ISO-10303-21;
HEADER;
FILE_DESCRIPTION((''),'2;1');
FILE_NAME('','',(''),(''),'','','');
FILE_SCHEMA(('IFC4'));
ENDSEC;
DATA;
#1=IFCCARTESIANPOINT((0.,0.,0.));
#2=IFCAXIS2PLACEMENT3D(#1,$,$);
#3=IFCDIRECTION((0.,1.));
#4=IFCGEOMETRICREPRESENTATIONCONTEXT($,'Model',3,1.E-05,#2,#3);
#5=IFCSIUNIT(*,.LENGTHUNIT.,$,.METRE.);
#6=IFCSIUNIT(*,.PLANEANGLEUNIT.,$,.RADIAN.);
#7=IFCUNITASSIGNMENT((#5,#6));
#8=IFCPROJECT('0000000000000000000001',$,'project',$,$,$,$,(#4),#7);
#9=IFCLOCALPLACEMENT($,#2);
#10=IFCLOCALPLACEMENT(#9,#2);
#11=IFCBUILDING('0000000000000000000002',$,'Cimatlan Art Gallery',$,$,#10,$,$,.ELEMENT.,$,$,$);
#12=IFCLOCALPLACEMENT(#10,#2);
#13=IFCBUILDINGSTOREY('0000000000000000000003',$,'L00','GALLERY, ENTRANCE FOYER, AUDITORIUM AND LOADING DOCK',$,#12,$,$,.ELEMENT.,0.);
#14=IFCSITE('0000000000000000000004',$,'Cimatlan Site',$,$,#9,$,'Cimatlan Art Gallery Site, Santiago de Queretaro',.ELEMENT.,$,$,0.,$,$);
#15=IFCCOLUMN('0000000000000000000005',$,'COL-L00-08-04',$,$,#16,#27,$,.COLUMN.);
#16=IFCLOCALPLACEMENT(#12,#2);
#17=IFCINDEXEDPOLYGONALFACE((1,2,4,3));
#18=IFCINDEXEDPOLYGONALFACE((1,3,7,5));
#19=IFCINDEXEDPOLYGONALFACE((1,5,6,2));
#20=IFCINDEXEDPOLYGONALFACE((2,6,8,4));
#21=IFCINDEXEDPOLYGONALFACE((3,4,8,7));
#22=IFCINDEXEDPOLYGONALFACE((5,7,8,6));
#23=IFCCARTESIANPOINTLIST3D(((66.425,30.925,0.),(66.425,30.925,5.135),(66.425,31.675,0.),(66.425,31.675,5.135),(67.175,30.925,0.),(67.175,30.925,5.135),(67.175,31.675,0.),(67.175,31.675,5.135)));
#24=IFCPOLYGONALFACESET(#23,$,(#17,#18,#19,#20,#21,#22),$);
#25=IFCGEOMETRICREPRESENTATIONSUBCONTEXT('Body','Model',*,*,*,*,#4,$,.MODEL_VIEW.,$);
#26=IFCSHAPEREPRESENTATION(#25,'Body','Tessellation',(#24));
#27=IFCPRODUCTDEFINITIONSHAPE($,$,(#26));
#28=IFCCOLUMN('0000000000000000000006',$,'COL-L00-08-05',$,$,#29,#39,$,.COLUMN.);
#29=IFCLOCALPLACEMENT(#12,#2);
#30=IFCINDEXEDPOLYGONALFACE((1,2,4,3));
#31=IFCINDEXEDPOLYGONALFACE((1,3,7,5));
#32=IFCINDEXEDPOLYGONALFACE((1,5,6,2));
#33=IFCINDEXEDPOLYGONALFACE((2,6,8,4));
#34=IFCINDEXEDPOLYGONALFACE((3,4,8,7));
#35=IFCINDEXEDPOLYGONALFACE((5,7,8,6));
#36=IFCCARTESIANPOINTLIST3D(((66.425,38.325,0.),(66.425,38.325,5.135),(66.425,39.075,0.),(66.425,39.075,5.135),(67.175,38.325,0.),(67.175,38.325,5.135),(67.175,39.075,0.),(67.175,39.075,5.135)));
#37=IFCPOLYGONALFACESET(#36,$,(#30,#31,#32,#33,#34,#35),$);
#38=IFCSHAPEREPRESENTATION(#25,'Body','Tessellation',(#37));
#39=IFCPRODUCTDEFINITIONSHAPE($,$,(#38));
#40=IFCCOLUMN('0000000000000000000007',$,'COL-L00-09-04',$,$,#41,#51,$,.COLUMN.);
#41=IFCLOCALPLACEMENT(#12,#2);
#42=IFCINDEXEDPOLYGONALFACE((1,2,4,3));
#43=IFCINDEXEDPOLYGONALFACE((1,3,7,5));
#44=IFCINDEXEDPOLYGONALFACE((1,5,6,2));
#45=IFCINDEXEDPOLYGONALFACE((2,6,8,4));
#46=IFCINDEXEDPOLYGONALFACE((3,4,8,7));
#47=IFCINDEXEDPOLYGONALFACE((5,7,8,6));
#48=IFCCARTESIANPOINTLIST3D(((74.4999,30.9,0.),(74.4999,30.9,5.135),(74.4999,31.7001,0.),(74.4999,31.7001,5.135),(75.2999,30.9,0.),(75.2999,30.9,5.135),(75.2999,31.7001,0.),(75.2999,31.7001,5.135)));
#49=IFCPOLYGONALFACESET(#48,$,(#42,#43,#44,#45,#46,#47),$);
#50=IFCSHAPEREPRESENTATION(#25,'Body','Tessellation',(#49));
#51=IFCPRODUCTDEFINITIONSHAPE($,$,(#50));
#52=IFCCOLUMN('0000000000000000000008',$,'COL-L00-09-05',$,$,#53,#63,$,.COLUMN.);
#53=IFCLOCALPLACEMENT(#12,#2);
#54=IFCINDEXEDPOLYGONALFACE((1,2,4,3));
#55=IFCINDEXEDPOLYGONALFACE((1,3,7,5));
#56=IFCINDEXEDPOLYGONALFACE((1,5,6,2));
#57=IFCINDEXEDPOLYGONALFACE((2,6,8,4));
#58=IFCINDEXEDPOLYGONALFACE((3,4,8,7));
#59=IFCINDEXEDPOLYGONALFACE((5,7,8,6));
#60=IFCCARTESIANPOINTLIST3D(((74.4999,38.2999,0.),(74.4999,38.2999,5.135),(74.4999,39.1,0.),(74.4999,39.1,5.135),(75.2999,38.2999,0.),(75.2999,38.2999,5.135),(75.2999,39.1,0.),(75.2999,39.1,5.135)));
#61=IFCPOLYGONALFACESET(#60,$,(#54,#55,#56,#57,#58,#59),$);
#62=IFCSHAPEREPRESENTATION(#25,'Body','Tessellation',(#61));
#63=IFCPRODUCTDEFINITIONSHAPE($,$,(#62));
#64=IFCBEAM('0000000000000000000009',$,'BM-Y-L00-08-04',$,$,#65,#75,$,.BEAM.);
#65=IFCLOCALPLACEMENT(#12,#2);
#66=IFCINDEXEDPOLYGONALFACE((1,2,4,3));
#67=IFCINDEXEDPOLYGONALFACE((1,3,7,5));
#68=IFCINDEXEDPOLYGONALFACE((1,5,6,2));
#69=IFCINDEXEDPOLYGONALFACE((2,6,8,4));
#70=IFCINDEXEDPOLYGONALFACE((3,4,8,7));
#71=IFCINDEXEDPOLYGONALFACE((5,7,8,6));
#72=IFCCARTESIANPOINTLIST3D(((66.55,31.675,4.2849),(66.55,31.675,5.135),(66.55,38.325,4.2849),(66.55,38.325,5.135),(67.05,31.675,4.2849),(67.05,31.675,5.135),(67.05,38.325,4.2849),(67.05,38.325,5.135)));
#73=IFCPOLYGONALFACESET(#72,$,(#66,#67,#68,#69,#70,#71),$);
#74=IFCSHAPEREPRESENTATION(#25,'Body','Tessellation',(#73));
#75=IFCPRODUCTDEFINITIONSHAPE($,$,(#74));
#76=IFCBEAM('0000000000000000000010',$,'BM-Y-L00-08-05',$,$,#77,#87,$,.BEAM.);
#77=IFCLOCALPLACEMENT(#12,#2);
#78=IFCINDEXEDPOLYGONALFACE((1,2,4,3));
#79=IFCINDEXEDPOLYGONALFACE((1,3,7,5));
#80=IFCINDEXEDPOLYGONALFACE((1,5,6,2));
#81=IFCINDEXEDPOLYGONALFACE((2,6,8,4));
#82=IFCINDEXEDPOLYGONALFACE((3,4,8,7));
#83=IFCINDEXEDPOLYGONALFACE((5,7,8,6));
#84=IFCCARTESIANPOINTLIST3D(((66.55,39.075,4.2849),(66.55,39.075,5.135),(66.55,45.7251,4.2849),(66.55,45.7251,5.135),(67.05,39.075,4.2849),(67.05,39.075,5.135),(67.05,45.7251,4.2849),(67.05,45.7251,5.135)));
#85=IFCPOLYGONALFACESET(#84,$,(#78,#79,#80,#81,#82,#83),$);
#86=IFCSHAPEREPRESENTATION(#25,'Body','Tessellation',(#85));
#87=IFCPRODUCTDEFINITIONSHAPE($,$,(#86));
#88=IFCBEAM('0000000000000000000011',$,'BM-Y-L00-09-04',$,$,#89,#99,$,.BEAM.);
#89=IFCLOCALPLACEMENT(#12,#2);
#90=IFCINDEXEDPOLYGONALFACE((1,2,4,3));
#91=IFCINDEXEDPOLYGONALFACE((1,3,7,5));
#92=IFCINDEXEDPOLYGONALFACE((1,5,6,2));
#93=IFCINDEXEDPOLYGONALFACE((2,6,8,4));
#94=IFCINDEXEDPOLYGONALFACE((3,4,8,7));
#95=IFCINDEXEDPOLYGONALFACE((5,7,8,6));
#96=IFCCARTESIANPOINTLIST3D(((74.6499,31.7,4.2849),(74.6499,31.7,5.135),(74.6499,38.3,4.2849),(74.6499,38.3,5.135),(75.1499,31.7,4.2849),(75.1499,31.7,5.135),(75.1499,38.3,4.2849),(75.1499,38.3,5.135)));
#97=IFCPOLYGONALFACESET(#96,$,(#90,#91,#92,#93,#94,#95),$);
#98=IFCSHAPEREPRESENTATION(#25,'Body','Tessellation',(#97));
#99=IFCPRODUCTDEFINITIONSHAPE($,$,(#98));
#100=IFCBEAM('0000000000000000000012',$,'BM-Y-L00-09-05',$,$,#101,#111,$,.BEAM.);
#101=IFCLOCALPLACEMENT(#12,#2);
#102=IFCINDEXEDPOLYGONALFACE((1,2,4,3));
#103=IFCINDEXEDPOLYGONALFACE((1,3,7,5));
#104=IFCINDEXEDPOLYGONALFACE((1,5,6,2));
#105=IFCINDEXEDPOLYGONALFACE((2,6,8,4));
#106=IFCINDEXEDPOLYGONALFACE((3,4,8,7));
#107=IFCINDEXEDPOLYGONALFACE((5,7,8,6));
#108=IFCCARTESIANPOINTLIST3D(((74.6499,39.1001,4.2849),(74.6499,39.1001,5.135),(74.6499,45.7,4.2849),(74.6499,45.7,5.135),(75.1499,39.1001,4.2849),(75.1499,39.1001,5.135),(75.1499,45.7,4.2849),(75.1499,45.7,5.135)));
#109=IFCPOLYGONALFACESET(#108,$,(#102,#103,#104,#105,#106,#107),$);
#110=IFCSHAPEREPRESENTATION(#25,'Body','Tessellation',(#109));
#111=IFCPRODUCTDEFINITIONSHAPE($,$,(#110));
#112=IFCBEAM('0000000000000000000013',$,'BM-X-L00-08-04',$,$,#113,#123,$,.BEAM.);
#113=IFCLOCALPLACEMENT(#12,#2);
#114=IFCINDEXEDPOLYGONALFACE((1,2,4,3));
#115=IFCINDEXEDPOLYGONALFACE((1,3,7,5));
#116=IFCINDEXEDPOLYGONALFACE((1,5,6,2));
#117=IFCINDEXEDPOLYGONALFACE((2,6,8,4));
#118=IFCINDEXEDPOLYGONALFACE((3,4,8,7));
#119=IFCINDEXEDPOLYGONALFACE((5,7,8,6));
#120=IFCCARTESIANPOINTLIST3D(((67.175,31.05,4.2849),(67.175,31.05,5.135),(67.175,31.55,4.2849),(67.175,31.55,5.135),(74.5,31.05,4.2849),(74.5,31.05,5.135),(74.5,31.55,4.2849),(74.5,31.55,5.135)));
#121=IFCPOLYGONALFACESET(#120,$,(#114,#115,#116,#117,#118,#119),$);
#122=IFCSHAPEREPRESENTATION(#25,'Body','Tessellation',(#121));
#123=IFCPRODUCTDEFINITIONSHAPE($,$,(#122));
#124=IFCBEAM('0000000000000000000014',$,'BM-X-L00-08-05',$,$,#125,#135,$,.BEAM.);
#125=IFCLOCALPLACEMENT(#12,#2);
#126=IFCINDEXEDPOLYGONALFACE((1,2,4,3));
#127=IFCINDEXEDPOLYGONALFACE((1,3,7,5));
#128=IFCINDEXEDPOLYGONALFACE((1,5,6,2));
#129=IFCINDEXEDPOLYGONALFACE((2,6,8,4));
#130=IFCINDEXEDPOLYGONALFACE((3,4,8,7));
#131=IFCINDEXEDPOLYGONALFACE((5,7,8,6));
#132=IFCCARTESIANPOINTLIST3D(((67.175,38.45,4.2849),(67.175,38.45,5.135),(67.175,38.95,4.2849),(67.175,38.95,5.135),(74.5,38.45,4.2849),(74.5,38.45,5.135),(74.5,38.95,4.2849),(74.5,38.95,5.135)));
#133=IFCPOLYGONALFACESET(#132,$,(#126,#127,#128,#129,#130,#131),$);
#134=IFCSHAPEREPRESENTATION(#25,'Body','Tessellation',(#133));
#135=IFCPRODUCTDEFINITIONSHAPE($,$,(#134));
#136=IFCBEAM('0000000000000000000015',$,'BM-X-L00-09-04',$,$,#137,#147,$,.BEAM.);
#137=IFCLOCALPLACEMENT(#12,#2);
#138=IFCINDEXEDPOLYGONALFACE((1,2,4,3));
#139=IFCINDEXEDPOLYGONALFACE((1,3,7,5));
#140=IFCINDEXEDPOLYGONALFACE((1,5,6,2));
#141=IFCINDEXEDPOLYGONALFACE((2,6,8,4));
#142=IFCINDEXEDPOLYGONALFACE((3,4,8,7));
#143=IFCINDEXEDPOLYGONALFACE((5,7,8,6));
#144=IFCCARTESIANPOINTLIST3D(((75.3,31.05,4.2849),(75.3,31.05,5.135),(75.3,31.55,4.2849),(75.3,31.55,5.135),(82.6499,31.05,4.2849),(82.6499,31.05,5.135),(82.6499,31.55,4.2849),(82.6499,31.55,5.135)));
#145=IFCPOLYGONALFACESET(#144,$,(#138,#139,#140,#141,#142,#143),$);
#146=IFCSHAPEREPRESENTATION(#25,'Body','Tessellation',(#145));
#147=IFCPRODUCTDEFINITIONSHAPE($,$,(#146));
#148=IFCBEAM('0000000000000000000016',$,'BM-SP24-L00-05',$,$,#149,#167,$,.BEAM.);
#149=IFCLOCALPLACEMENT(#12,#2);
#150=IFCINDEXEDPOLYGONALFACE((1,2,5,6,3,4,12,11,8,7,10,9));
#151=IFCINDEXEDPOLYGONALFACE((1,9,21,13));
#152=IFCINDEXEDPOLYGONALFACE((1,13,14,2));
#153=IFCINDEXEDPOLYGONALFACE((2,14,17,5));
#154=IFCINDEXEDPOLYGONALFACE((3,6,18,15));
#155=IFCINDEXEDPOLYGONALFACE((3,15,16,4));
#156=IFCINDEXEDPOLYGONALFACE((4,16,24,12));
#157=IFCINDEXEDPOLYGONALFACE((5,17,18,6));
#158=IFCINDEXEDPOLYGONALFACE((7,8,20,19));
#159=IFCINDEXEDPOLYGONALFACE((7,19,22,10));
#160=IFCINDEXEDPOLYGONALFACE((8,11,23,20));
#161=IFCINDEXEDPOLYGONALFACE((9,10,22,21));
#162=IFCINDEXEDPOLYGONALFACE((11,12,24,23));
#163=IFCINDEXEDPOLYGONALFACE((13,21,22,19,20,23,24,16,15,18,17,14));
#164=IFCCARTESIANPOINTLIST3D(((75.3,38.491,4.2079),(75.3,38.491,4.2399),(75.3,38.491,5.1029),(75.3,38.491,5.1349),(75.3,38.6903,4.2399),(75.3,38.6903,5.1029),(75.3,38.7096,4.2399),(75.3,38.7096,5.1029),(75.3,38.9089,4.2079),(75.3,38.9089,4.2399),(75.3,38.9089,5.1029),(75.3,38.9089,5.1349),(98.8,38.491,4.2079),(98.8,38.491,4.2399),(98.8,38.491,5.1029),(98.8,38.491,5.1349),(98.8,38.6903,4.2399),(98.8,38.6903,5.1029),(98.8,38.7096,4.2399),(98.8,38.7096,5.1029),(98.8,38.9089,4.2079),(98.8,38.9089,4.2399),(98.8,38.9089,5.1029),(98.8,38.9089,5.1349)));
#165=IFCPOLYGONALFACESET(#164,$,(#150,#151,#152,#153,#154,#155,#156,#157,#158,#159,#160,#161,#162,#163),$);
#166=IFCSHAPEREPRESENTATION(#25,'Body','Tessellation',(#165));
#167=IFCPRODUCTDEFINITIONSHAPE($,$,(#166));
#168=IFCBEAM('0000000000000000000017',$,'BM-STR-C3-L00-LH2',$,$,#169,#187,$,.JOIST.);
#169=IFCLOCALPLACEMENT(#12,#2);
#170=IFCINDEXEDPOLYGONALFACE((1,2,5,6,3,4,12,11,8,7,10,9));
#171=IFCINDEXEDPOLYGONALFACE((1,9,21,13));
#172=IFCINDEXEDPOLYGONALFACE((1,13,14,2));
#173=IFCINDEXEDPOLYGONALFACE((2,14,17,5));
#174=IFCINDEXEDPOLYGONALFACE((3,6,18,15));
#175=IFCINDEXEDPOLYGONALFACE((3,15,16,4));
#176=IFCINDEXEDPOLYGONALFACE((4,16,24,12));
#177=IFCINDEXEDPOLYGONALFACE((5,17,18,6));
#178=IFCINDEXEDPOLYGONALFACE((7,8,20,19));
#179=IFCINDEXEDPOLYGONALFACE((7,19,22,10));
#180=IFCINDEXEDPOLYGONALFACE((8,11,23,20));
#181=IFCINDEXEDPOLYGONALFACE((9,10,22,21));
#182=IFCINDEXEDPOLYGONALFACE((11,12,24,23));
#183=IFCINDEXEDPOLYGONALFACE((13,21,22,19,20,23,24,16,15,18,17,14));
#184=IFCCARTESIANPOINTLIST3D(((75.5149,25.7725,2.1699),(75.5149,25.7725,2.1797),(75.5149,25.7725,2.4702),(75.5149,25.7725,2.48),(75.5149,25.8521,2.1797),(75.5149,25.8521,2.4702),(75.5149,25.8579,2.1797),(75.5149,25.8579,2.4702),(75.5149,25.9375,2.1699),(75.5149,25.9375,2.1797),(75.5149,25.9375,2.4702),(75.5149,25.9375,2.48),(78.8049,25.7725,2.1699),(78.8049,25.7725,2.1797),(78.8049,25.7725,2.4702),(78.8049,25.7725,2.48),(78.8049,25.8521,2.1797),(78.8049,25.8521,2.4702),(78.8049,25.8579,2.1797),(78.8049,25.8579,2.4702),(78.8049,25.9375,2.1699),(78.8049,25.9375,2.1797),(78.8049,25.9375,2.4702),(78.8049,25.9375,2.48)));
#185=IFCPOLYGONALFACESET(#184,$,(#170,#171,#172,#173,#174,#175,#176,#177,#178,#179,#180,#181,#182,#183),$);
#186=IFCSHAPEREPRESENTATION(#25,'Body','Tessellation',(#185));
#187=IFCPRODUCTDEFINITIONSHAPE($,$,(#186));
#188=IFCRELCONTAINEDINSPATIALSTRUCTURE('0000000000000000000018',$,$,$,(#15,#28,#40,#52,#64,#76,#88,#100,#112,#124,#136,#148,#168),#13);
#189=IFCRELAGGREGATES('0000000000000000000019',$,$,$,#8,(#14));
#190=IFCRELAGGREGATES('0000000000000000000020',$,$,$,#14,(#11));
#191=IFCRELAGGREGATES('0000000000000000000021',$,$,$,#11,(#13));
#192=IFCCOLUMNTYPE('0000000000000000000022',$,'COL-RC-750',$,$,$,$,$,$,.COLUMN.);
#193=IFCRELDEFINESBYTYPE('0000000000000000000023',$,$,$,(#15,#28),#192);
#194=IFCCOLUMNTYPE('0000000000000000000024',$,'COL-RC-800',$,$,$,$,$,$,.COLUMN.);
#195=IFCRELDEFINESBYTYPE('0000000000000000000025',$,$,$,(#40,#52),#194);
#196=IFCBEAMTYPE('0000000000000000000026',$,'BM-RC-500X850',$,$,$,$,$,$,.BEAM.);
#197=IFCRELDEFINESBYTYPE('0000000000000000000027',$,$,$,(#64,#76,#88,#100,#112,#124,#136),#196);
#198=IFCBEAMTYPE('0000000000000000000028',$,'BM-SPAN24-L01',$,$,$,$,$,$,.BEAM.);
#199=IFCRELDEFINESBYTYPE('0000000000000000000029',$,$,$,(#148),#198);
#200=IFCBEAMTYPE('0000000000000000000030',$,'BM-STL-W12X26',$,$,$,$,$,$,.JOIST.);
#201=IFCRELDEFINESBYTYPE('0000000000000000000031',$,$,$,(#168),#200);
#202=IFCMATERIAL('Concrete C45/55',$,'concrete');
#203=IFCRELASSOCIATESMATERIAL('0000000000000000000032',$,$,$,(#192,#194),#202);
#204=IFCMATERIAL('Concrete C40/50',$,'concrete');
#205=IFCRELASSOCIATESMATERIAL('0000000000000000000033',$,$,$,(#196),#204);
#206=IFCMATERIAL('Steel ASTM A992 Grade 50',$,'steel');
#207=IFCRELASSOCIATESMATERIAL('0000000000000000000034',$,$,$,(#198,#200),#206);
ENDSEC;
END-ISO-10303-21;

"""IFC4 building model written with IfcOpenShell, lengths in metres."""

from ifc_helpers import new_model, si_unit, direction, frame, origin, origin_2d, place, context, subcontext, project, spatial, rectangle, i_section, extrude, material, material_profile, profile_set, type_object, element, save


model = new_model("IFC4")

# Units and contexts
model_context = context("Model", 3, precision=1e-05, world=origin(), true_north=direction((0.0, 1.0)))
body_context = subcontext(model_context, "Body", "Model", "MODEL_VIEW")
ifc_project = project(units=[si_unit("LENGTHUNIT", "METRE"), si_unit("PLANEANGLEUNIT", "RADIAN")], contexts=[model_context])

# Site, building, storey
site_placement = place(None, origin())
site = spatial("IfcSite", under=ifc_project, at=site_placement, Name="Cimatlan Site", LongName="Cimatlan Art Gallery Site, Santiago de Queretaro", CompositionType="ELEMENT", RefElevation=0.0)
building_placement = place(site_placement, origin())
building = spatial("IfcBuilding", under=site, at=building_placement, Name="Cimatlan Art Gallery", CompositionType="ELEMENT")
storey_placement = place(building_placement, origin())
storey = spatial("IfcBuildingStorey", under=building, at=storey_placement, Name="L00", Description="GALLERY, ENTRANCE FOYER, AUDITORIUM AND LOADING DOCK", CompositionType="ELEMENT", Elevation=0.0)

# Columns
ifc_material_1 = material(Name="Concrete C45/55", Category="concrete")
ifc_material_profile_1 = material_profile(ifc_material_1, rectangle(XDim=0.75, YDim=0.75, at=origin_2d()), Name="RC750X750")
ifc_profile_set_1 = profile_set([ifc_material_profile_1], Name="Concrete C45/55")
column_type_1 = type_object("IfcColumnType", Name="COL-RC-750", PredefinedType="COLUMN", material=ifc_profile_set_1)
for number, where, z_axis, x_axis, name in (
    (1, (66.8, 31.3, 0.0), (0.0, 0.0, 1.0), (1.0, 0.0, 0.0), "COL-L00-08-04"),
    (2, (66.8, 38.7, 0.0), (0.0, 0.0, 1.0), (1.0, 0.0, 0.0), "COL-L00-08-05"),
):
    element("IfcColumn", number, at=place(storey_placement, frame(where, z_axis=z_axis, x_axis=x_axis)), inside=storey, type_object=column_type_1, Name=name, PredefinedType="COLUMN", context=body_context, shape_type="SweptSolid", body=[
        extrude(rectangle(XDim=0.75, YDim=0.75, at=origin_2d()), origin(), (0.0, 0.0, 1.0), 5.135),
    ])
ifc_material_profile_2 = material_profile(ifc_material_1, rectangle(XDim=0.8, YDim=0.8, at=origin_2d()), Name="RC800X800")
ifc_profile_set_2 = profile_set([ifc_material_profile_2], Name="Concrete C45/55")
column_type_2 = type_object("IfcColumnType", Name="COL-RC-800", PredefinedType="COLUMN", material=ifc_profile_set_2)
for number, where, z_axis, x_axis, name in (
    (3, (74.8999, 31.3, 0.0), (0.0, 0.0, 1.0), (1.0, 0.0, 0.0), "COL-L00-09-04"),
    (4, (74.8999, 38.7, 0.0), (0.0, 0.0, 1.0), (1.0, 0.0, 0.0), "COL-L00-09-05"),
):
    element("IfcColumn", number, at=place(storey_placement, frame(where, z_axis=z_axis, x_axis=x_axis)), inside=storey, type_object=column_type_2, Name=name, PredefinedType="COLUMN", context=body_context, shape_type="SweptSolid", body=[
        extrude(rectangle(XDim=0.8, YDim=0.8, at=origin_2d()), origin(), (0.0, 0.0, 1.0), 5.135),
    ])

# Beams
ifc_material_2 = material(Name="Concrete C40/50", Category="concrete")
ifc_material_profile_3 = material_profile(ifc_material_2, rectangle(XDim=0.5, YDim=0.8501, at=origin_2d()), Name="RC500X850")
ifc_profile_set_3 = profile_set([ifc_material_profile_3], Name="Concrete C40/50")
beam_type_1 = type_object("IfcBeamType", Name="BM-RC-500X850", PredefinedType="BEAM", material=ifc_profile_set_3)
beam_1_placement = place(storey_placement, frame((66.8, 31.675, 4.71), z_axis=(0.0, 1.0, 0.0), x_axis=(-1.0, 0.0, 0.0)))
element("IfcBeam", 5, at=beam_1_placement, inside=storey, type_object=beam_type_1, Name="BM-Y-L00-08-04", PredefinedType="BEAM", context=body_context, shape_type="SweptSolid", body=[
    extrude(rectangle(XDim=0.5, YDim=0.8501, at=origin_2d()), origin(), (0.0, 0.0, 1.0), 6.6499),
])
beam_2_placement = place(storey_placement, frame((66.8, 39.075, 4.71), z_axis=(0.0, 1.0, 0.0), x_axis=(-1.0, 0.0, 0.0)))
element("IfcBeam", 6, at=beam_2_placement, inside=storey, type_object=beam_type_1, Name="BM-Y-L00-08-05", PredefinedType="BEAM", context=body_context, shape_type="SweptSolid", body=[
    extrude(rectangle(XDim=0.5, YDim=0.8501, at=origin_2d()), origin(), (0.0, 0.0, 1.0), 6.6501),
])
beam_3_placement = place(storey_placement, frame((74.8999, 31.7, 4.71), z_axis=(0.0, 1.0, 0.0), x_axis=(-1.0, 0.0, 0.0)))
element("IfcBeam", 7, at=beam_3_placement, inside=storey, type_object=beam_type_1, Name="BM-Y-L00-09-04", PredefinedType="BEAM", context=body_context, shape_type="SweptSolid", body=[
    extrude(rectangle(XDim=0.5, YDim=0.8501, at=origin_2d()), origin(), (0.0, 0.0, 1.0), 6.6001),
])
beam_4_placement = place(storey_placement, frame((74.8999, 39.1001, 4.71), z_axis=(0.0, 1.0, 0.0), x_axis=(-1.0, 0.0, 0.0)))
element("IfcBeam", 8, at=beam_4_placement, inside=storey, type_object=beam_type_1, Name="BM-Y-L00-09-05", PredefinedType="BEAM", context=body_context, shape_type="SweptSolid", body=[
    extrude(rectangle(XDim=0.5, YDim=0.8501, at=origin_2d()), origin(), (0.0, 0.0, 1.0), 6.5999),
])
for number, where, z_axis, x_axis, name in (
    (9, (67.175, 31.3, 4.71), (1.0, 0.0, 0.0), (0.0, 1.0, 0.0), "BM-X-L00-08-04"),
    (10, (67.175, 38.7, 4.71), (1.0, 0.0, 0.0), (0.0, 1.0, 0.0), "BM-X-L00-08-05"),
):
    element("IfcBeam", number, at=place(storey_placement, frame(where, z_axis=z_axis, x_axis=x_axis)), inside=storey, type_object=beam_type_1, Name=name, PredefinedType="BEAM", context=body_context, shape_type="SweptSolid", body=[
        extrude(rectangle(XDim=0.5, YDim=0.8501, at=origin_2d()), origin(), (0.0, 0.0, 1.0), 7.325),
    ])
beam_5_placement = place(storey_placement, frame((75.3, 31.3, 4.71), z_axis=(1.0, 0.0, 0.0), x_axis=(0.0, 1.0, 0.0)))
element("IfcBeam", 11, at=beam_5_placement, inside=storey, type_object=beam_type_1, Name="BM-X-L00-09-04", PredefinedType="BEAM", context=body_context, shape_type="SweptSolid", body=[
    extrude(rectangle(XDim=0.5, YDim=0.8501, at=origin_2d()), origin(), (0.0, 0.0, 1.0), 7.3499),
])
ifc_material_3 = material(Name="Steel ASTM A992 Grade 50", Category="steel")
ifc_material_profile_4 = material_profile(ifc_material_3, i_section(OverallWidth=0.418, OverallDepth=0.927, WebThickness=0.0193, FlangeThickness=0.032, at=origin_2d()), Name="W36X231")
ifc_profile_set_4 = profile_set([ifc_material_profile_4], Name="Steel ASTM A992 Grade 50")
beam_type_2 = type_object("IfcBeamType", Name="BM-SPAN24-L01", PredefinedType="BEAM", material=ifc_profile_set_4)
beam_6_placement = place(storey_placement, frame((75.3, 38.7, 4.6714), z_axis=(1.0, 0.0, 0.0), x_axis=(0.0, 1.0, 0.0)))
element("IfcBeam", 12, at=beam_6_placement, inside=storey, type_object=beam_type_2, Name="BM-SP24-L00-05", PredefinedType="BEAM", context=body_context, shape_type="SweptSolid", body=[
    extrude(i_section(OverallWidth=0.418, OverallDepth=0.927, WebThickness=0.0193, FlangeThickness=0.032, at=origin_2d()), origin(), (0.0, 0.0, 1.0), 23.5),
])
ifc_material_profile_5 = material_profile(ifc_material_3, i_section(OverallWidth=0.165, OverallDepth=0.3101, WebThickness=0.0059, FlangeThickness=0.0098, at=origin_2d()), Name="W12X26")
ifc_profile_set_5 = profile_set([ifc_material_profile_5], Name="Steel ASTM A992 Grade 50")
beam_type_3 = type_object("IfcBeamType", Name="BM-STL-W12X26", PredefinedType="JOIST", material=ifc_profile_set_5)
beam_7_placement = place(storey_placement, frame((75.5149, 25.855, 2.325), z_axis=(1.0, 0.0, 0.0), x_axis=(0.0, 1.0, 0.0)))
element("IfcBeam", 13, at=beam_7_placement, inside=storey, type_object=beam_type_3, Name="BM-STR-C3-L00-LH2", PredefinedType="JOIST", context=body_context, shape_type="SweptSolid", body=[
    extrude(i_section(OverallWidth=0.165, OverallDepth=0.3101, WebThickness=0.0059, FlangeThickness=0.0098, at=origin_2d()), origin(), (0.0, 0.0, 1.0), 3.29),
])

save(model, "model.ifc")
